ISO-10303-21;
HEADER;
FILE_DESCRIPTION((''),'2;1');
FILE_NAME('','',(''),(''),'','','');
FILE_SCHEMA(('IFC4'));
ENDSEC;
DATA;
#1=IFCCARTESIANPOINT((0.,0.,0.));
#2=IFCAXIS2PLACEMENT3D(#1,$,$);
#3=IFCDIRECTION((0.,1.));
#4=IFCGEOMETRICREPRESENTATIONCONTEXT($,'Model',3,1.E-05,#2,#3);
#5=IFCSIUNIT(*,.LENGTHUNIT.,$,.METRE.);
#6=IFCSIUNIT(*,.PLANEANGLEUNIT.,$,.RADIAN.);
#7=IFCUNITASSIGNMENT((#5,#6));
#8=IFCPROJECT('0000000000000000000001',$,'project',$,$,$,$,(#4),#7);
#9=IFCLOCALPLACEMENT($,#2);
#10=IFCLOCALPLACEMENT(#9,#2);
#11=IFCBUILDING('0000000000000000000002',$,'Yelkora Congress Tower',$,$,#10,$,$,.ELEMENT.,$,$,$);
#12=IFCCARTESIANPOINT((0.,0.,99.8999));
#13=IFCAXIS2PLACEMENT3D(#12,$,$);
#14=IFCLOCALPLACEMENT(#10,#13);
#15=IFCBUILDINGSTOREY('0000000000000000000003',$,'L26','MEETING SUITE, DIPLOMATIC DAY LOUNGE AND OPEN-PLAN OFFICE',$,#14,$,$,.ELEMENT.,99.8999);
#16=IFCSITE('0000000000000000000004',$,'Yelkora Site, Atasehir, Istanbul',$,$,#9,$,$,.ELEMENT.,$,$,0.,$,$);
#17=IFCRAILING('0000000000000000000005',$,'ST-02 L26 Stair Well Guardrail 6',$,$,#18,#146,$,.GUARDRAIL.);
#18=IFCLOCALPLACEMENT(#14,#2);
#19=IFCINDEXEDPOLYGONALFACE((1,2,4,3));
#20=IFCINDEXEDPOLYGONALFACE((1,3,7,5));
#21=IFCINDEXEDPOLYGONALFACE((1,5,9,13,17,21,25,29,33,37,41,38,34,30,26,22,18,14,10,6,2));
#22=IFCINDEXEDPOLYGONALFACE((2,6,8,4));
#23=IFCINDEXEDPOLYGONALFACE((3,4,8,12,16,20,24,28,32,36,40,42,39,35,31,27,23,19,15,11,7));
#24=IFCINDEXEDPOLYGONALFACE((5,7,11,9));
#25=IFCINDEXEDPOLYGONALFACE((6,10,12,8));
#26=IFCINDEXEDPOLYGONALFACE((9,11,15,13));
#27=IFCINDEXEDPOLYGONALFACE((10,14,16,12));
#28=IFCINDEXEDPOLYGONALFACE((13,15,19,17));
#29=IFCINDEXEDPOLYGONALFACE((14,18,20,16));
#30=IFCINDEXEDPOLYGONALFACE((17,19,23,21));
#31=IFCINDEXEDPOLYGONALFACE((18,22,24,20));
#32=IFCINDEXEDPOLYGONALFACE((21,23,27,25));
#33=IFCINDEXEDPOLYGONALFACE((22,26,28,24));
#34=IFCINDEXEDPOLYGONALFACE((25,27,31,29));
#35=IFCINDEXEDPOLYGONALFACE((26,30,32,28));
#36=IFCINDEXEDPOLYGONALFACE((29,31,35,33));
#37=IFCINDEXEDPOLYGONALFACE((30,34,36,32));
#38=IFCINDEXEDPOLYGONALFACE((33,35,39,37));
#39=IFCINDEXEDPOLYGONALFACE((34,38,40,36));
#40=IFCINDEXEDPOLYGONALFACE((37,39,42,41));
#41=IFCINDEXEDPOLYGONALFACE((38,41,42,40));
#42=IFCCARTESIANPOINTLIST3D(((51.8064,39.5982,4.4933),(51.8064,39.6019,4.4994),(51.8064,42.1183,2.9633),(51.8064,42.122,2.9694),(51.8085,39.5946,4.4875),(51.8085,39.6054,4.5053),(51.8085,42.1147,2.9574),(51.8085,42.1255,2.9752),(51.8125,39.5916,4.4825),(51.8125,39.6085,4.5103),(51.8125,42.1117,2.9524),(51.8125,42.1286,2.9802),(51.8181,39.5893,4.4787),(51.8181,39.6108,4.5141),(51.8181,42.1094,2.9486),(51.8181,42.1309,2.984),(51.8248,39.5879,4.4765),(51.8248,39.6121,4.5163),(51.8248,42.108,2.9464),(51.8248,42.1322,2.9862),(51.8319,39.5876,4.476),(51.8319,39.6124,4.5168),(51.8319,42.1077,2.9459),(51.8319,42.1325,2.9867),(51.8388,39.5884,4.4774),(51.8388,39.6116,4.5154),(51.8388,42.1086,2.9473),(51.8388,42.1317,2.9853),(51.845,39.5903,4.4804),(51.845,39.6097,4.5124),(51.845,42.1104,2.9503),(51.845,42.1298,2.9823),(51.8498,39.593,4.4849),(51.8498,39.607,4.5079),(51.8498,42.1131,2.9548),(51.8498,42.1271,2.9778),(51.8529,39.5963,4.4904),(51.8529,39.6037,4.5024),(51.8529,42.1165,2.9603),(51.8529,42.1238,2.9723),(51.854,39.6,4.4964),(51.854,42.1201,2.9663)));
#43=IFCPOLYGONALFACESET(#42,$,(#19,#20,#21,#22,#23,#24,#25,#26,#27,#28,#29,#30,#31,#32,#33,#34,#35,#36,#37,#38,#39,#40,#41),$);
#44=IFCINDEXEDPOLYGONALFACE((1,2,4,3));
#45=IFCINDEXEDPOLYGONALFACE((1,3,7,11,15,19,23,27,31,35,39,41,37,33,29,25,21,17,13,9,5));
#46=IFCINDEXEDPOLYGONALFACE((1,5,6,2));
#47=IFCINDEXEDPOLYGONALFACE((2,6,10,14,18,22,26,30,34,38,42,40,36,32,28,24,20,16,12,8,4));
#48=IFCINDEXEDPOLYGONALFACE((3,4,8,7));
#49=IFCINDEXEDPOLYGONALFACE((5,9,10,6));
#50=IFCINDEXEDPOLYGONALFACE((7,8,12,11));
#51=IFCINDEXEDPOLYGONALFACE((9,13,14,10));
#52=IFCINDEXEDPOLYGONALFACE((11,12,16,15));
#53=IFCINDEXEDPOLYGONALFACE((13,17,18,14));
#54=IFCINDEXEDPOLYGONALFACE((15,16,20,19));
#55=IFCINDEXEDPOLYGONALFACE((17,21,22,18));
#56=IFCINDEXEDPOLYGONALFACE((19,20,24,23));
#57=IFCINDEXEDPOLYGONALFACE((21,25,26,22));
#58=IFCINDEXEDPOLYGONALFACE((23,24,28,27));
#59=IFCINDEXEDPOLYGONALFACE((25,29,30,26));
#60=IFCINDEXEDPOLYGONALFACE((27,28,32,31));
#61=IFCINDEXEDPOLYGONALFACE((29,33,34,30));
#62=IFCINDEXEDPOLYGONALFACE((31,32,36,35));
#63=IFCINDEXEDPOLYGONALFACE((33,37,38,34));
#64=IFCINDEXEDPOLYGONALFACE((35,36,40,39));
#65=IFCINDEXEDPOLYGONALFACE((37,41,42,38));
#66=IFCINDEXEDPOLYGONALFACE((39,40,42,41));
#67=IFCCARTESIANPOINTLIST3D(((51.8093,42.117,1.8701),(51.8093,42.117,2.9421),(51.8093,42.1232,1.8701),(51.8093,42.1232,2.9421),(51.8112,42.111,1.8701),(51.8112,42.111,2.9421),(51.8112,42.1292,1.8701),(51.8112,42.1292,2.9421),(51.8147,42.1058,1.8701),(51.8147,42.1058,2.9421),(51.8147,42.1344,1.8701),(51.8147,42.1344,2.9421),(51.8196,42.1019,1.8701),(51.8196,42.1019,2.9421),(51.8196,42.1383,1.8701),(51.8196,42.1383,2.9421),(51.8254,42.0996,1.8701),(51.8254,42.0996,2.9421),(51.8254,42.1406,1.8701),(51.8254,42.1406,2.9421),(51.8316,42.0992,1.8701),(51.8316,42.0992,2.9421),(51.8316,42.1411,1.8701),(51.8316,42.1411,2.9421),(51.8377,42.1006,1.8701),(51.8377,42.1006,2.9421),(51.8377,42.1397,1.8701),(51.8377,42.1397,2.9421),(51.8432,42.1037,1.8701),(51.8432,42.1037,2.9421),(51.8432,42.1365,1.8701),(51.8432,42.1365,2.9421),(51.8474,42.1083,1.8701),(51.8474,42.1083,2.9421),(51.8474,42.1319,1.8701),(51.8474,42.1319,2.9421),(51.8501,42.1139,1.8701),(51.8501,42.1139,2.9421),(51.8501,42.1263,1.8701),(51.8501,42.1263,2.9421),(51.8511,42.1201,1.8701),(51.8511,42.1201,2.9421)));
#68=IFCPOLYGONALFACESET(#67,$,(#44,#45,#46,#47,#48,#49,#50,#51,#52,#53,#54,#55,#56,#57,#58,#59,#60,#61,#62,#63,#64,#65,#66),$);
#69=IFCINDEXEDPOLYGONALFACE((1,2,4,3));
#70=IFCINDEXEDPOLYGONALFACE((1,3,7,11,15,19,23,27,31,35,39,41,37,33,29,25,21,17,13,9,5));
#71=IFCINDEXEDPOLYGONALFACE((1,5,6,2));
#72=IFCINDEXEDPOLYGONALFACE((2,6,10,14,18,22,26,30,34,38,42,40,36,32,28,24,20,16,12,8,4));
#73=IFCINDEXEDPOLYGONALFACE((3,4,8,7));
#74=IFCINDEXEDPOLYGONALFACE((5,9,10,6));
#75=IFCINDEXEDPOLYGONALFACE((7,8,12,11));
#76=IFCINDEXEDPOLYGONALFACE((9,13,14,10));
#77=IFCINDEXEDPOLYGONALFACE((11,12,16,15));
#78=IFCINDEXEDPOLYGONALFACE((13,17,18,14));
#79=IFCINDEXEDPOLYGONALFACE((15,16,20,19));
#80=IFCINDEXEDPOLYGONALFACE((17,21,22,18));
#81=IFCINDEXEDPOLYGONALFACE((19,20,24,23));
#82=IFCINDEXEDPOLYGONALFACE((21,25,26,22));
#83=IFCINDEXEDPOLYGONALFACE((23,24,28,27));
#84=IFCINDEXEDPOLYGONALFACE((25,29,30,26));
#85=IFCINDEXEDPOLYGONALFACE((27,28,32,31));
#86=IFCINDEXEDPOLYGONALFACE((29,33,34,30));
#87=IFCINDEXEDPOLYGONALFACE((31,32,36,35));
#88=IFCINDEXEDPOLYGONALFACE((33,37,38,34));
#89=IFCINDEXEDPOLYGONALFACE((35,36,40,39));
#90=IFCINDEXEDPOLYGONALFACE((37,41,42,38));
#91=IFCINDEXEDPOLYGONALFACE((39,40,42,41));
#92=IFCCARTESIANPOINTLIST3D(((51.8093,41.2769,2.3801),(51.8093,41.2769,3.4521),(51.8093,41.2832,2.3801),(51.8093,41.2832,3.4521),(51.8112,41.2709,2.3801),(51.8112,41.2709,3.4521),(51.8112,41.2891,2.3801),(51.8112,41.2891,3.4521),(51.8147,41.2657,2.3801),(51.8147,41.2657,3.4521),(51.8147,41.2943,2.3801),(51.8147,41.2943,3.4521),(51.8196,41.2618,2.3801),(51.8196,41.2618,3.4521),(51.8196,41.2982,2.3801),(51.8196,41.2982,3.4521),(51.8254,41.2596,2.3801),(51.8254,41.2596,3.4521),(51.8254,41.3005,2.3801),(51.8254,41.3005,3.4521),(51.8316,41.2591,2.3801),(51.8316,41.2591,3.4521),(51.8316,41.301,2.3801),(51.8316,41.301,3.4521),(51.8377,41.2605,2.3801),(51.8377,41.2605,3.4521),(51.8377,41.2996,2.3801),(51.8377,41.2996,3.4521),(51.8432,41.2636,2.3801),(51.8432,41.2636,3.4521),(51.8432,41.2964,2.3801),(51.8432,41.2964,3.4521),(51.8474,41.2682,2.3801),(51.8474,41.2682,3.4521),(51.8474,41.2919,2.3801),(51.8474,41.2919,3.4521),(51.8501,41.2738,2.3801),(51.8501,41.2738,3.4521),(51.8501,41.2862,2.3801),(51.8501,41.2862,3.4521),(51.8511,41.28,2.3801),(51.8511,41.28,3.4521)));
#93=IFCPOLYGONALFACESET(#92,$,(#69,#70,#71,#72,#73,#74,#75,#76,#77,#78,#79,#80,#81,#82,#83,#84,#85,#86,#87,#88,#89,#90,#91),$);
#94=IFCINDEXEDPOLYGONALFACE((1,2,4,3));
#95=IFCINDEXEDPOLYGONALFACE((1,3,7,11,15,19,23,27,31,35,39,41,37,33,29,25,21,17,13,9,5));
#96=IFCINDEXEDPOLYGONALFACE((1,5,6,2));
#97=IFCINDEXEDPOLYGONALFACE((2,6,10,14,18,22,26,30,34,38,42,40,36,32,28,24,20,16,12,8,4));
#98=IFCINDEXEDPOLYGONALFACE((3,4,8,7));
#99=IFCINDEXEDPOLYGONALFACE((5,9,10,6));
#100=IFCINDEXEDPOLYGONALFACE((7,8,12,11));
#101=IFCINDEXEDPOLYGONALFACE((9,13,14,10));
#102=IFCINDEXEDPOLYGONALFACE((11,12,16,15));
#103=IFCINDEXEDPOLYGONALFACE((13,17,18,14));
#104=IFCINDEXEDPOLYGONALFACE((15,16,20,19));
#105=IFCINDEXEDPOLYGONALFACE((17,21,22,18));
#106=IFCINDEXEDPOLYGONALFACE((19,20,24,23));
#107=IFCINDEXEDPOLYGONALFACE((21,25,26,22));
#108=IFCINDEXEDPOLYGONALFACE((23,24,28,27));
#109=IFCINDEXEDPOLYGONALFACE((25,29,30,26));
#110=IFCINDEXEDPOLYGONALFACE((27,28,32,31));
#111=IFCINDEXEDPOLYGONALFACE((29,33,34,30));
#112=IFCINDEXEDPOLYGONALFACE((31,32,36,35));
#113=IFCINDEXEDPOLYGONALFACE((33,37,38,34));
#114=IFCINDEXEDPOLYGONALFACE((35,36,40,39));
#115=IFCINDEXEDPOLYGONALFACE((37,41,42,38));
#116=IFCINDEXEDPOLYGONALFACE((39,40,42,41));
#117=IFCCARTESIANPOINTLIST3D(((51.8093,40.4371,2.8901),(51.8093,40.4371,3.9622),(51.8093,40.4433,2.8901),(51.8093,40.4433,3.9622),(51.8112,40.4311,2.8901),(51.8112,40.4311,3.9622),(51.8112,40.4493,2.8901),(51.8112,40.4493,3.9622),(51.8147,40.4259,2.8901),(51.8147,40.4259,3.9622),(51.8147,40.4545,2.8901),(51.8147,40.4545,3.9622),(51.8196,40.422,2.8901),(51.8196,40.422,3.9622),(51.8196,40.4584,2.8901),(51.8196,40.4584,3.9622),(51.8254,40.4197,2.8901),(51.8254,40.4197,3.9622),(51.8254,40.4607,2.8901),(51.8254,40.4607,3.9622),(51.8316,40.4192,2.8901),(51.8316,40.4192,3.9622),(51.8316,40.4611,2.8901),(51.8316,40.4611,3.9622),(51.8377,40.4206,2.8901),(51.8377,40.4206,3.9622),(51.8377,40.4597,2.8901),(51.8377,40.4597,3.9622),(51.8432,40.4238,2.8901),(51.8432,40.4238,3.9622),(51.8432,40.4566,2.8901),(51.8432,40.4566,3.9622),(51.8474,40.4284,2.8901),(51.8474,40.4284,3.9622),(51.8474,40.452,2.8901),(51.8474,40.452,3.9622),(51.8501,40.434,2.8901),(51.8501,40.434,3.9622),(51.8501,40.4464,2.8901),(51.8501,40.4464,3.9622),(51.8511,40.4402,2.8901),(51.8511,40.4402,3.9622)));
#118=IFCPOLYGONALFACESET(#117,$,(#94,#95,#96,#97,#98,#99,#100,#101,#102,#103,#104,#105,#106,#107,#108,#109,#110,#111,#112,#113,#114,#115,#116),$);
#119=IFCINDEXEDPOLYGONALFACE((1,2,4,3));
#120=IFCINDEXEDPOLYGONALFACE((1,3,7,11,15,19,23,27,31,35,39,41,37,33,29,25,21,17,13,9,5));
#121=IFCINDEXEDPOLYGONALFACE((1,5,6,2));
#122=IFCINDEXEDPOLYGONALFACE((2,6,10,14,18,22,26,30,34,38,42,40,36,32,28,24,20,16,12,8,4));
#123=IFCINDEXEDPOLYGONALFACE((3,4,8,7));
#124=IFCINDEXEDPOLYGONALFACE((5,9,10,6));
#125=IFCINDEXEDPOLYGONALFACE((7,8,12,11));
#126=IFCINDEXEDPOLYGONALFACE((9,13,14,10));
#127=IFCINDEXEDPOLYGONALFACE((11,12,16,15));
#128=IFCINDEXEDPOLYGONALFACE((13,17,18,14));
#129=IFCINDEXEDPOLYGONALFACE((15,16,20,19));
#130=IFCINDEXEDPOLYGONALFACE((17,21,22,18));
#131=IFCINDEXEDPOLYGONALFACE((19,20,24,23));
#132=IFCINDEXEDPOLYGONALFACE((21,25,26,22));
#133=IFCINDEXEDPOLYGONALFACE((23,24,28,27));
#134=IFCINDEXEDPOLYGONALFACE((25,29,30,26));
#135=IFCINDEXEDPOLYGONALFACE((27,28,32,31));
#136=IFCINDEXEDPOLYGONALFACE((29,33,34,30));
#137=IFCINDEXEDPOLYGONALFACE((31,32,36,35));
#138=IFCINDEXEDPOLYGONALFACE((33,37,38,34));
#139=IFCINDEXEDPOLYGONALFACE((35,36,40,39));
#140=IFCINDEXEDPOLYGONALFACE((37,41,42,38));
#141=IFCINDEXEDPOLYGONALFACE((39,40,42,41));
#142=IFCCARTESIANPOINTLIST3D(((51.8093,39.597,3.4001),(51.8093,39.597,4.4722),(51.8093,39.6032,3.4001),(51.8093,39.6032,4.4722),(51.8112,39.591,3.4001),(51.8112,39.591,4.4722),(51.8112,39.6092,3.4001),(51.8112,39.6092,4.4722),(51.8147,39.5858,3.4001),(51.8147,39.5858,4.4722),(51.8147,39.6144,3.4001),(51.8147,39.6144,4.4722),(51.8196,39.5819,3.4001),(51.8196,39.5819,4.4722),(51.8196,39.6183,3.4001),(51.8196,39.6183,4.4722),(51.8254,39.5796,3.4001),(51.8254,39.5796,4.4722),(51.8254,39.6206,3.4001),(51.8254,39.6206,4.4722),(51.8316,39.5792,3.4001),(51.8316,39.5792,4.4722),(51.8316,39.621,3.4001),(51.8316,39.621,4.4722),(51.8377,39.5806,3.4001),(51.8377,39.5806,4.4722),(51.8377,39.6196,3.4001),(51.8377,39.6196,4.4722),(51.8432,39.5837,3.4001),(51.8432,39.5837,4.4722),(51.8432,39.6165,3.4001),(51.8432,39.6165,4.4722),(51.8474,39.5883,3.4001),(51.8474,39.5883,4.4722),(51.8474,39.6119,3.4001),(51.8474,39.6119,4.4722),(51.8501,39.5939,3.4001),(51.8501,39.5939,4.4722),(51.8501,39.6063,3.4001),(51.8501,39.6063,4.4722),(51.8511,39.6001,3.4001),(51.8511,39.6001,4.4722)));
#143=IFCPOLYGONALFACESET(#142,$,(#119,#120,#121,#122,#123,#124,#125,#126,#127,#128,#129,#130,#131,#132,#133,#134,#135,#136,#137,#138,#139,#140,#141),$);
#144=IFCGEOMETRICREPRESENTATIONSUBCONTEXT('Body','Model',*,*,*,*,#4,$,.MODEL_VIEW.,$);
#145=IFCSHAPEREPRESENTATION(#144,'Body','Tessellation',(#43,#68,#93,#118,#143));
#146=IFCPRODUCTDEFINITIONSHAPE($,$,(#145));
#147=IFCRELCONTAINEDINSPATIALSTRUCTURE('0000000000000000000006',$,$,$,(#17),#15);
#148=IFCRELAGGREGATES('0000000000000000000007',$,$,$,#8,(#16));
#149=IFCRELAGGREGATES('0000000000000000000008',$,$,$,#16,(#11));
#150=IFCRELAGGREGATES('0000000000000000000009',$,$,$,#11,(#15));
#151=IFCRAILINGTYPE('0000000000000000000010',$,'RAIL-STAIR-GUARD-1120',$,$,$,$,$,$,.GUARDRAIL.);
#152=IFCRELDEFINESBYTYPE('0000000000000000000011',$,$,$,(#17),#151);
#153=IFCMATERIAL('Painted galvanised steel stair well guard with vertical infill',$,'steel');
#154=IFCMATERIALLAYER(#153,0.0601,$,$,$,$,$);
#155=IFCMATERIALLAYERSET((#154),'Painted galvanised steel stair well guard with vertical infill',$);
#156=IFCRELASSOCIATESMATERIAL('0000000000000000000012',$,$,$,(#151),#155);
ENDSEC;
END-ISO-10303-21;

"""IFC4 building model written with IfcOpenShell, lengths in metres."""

from ifc_helpers import new_model, si_unit, direction, frame, origin, origin_2d, place, context, subcontext, project, spatial, circle, extrude, material, layer, layer_set, type_object, element, save


model = new_model("IFC4")

# Units and contexts
model_context = context("Model", 3, precision=1e-05, world=origin(), true_north=direction((0.0, 1.0)))
body_context = subcontext(model_context, "Body", "Model", "MODEL_VIEW")
ifc_project = project(units=[si_unit("LENGTHUNIT", "METRE"), si_unit("PLANEANGLEUNIT", "RADIAN")], contexts=[model_context])

# Site, building, storey
site_placement = place(None, origin())
site = spatial("IfcSite", under=ifc_project, at=site_placement, Name="Yelkora Site, Atasehir, Istanbul", CompositionType="ELEMENT", RefElevation=0.0)
building_placement = place(site_placement, origin())
building = spatial("IfcBuilding", under=site, at=building_placement, Name="Yelkora Congress Tower", CompositionType="ELEMENT")
storey_placement = place(building_placement, frame((0.0, 0.0, 99.8999)))
storey = spatial("IfcBuildingStorey", under=building, at=storey_placement, Name="L26", Description="MEETING SUITE, DIPLOMATIC DAY LOUNGE AND OPEN-PLAN OFFICE", CompositionType="ELEMENT", Elevation=99.8999)

# Railing
ifc_material_1 = material(Name="Painted galvanised steel stair well guard with vertical infill", Category="steel")
ifc_layer_1 = layer(ifc_material_1, 0.0601)
ifc_layer_set_1 = layer_set([ifc_layer_1], Name="Painted galvanised steel stair well guard with vertical infill")
railing_type_1 = type_object("IfcRailingType", Name="RAIL-STAIR-GUARD-1120", PredefinedType="GUARDRAIL", material=ifc_layer_set_1)
railing_1_placement = place(storey_placement, frame((51.8301, 42.1201, 1.8701)))
element("IfcRailing", 1, at=railing_1_placement, inside=storey, type_object=railing_type_1, Name="ST-02 L26 Stair Well Guardrail 6", PredefinedType="GUARDRAIL", context=body_context, shape_type="SweptSolid", body=[
    extrude(circle(Radius=0.0239, at=origin_2d()), frame((0.0, 0.0, 1.0962), z_axis=(0.0, -0.854785, 0.518982), x_axis=(1.0, 0.0, 0.0)), (0.0, 0.0, 1.0), 2.9482),
    extrude(circle(Radius=0.021, at=origin_2d()), origin(), (0.0, 0.0, 1.0), 1.072),
    extrude(circle(Radius=0.021, at=origin_2d()), frame((0.0, -0.8401, 0.51)), (0.0, 0.0, 1.0), 1.072),
    extrude(circle(Radius=0.021, at=origin_2d()), frame((0.0, -1.6799, 1.02)), (0.0, 0.0, 1.0), 1.072),
    extrude(circle(Radius=0.021, at=origin_2d()), frame((0.0, -2.52, 1.53)), (0.0, 0.0, 1.0), 1.072),
])

save(model, "model.ifc")
